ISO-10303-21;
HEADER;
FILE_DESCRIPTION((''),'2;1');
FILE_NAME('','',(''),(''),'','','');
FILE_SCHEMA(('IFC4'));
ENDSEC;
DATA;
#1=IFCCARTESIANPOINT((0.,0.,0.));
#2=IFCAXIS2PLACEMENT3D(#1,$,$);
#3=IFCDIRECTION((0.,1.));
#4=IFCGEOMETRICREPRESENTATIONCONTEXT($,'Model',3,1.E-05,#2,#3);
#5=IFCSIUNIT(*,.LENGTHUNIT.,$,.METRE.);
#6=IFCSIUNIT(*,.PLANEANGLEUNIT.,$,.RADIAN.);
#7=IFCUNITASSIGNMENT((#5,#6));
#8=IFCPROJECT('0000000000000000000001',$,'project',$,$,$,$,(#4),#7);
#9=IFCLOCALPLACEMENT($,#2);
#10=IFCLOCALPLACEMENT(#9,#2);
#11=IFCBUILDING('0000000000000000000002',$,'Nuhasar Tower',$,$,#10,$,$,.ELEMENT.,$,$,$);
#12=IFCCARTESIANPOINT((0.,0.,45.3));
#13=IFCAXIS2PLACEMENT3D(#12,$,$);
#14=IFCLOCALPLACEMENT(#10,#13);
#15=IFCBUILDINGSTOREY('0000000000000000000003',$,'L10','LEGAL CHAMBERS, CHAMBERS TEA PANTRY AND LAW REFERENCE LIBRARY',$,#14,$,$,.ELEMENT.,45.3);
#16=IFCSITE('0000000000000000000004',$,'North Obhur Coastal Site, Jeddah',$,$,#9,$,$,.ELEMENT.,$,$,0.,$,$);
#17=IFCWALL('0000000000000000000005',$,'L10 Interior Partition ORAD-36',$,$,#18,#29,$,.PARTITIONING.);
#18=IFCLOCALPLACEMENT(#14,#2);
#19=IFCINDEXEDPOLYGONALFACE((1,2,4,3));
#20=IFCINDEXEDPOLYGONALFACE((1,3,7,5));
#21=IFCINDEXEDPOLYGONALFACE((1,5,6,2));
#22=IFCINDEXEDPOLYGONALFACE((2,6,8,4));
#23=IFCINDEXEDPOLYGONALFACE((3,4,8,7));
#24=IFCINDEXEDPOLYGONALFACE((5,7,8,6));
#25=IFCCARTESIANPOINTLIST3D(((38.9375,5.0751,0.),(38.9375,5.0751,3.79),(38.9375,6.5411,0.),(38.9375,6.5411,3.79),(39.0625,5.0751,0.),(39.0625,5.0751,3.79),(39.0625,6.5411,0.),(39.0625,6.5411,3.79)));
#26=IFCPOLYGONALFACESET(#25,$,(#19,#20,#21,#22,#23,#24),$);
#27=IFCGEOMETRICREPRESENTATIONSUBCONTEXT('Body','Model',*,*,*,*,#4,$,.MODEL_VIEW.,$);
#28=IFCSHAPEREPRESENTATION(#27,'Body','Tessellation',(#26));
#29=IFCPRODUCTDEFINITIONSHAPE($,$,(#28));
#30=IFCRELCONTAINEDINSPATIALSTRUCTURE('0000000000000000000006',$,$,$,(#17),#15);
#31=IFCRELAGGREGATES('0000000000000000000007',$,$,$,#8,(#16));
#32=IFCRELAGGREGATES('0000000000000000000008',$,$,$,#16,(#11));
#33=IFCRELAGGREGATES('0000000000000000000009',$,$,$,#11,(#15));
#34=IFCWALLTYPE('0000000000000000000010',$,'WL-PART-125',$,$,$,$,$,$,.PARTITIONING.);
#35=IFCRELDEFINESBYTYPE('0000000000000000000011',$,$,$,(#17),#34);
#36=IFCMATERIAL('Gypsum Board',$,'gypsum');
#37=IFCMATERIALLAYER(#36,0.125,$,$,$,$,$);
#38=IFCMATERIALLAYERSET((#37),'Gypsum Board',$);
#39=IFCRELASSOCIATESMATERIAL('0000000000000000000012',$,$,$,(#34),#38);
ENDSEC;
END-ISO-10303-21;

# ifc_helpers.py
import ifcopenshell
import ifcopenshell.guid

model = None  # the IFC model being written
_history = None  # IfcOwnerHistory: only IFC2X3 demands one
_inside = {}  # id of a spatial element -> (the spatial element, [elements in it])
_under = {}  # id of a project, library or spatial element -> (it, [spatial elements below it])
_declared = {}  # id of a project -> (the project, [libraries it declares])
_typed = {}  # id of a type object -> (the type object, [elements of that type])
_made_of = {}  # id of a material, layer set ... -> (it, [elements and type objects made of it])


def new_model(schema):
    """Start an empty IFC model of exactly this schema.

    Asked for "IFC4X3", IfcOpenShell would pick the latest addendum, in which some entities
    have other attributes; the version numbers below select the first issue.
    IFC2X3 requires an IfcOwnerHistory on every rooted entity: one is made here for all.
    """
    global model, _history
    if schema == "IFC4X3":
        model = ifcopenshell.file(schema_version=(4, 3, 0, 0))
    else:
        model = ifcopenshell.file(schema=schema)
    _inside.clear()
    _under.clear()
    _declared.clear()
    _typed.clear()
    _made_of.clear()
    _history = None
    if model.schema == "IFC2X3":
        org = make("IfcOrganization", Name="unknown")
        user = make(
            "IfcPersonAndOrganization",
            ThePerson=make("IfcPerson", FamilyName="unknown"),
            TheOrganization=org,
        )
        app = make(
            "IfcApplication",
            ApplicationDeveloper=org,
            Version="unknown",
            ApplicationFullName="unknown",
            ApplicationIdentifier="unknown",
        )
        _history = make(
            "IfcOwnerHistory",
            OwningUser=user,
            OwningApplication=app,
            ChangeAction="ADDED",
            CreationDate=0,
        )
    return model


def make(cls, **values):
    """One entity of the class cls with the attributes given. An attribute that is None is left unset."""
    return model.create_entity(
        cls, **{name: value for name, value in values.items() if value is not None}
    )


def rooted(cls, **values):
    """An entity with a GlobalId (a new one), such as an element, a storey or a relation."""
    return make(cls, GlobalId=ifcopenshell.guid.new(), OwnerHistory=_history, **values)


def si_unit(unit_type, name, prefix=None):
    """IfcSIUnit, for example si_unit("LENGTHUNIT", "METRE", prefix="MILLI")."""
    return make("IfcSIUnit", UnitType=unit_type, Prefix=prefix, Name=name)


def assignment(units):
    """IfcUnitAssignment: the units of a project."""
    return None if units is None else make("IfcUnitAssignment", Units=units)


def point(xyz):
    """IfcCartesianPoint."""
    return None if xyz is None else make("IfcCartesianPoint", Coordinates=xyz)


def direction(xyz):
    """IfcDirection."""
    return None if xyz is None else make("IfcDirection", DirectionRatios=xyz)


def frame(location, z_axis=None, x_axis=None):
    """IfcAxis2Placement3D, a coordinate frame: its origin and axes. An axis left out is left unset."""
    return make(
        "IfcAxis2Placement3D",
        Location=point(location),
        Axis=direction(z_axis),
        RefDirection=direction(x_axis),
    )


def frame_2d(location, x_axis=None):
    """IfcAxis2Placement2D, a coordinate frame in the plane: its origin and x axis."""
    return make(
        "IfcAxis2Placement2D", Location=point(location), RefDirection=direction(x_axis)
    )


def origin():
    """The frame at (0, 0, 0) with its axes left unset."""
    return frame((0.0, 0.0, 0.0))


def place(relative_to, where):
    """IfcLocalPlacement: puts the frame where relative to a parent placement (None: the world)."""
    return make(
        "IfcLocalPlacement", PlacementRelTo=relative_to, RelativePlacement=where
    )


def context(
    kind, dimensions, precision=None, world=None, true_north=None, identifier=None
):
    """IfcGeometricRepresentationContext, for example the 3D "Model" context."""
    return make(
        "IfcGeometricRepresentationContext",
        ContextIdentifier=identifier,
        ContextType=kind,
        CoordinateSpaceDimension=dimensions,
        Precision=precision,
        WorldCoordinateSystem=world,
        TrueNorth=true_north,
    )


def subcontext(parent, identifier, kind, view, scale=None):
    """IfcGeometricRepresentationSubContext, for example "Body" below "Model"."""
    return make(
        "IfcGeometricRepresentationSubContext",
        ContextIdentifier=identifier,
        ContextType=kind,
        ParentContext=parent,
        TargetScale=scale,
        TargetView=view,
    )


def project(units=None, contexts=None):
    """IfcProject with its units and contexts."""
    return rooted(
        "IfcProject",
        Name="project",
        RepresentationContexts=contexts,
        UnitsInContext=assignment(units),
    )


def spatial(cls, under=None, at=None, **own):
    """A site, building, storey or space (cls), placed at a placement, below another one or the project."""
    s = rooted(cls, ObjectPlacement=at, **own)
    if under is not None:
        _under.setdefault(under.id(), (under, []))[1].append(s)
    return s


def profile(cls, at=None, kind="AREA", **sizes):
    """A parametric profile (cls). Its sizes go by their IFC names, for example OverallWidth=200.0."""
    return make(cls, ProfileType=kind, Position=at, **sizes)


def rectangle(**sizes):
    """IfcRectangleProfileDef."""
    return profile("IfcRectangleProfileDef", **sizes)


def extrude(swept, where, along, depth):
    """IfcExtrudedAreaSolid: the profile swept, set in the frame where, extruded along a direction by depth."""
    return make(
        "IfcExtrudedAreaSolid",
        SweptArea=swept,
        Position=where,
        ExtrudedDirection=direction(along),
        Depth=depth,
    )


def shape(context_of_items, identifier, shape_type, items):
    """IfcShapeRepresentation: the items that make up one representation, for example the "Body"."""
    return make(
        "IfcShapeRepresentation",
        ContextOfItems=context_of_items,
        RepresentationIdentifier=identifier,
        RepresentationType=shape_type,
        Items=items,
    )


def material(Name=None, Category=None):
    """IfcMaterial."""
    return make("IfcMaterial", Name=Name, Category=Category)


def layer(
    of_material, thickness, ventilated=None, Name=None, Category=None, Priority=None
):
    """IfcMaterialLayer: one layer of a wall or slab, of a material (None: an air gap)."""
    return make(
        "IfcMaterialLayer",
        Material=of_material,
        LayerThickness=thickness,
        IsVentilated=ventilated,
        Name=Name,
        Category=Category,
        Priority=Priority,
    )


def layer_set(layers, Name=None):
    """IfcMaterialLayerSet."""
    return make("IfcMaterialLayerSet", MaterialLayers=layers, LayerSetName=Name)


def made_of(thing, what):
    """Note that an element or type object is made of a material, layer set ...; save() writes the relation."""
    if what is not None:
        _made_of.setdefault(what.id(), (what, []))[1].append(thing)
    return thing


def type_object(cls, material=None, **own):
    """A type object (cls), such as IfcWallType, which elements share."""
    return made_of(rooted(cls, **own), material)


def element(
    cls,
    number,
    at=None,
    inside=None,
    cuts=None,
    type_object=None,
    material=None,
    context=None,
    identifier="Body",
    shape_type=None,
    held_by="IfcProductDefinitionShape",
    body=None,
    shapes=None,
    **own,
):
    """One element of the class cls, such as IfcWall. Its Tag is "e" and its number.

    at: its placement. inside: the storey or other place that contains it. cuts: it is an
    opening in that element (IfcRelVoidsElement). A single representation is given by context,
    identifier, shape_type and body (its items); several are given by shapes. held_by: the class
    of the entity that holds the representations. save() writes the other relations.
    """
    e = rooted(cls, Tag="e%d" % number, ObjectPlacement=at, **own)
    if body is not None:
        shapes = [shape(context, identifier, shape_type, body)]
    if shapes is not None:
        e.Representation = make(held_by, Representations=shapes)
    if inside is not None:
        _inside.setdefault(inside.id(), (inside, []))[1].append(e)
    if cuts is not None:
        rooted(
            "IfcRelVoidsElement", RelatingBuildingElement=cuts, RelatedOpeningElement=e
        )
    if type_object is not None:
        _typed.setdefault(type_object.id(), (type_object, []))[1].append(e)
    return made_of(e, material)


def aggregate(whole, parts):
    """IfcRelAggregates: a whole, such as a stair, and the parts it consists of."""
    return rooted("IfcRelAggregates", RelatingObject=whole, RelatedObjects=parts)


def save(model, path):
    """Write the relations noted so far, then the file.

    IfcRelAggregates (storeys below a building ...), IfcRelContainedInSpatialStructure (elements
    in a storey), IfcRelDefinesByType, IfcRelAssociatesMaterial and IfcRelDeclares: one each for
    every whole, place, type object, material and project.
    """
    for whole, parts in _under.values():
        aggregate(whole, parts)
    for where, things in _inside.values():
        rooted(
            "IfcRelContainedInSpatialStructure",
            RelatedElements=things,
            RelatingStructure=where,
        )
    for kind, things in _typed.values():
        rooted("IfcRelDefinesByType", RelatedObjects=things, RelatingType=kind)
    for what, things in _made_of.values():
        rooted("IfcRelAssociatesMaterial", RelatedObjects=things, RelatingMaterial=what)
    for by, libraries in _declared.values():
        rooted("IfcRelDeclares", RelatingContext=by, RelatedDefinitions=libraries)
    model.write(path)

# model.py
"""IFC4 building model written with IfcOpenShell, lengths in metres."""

from ifc_helpers import new_model, si_unit, direction, frame, frame_2d, origin, place, context, subcontext, project, spatial, rectangle, extrude, material, layer, layer_set, type_object, element, save


model = new_model("IFC4")

# Units and contexts
model_context = context("Model", 3, precision=1e-05, world=origin(), true_north=direction((0.0, 1.0)))
body_context = subcontext(model_context, "Body", "Model", "MODEL_VIEW")
ifc_project = project(units=[si_unit("LENGTHUNIT", "METRE"), si_unit("PLANEANGLEUNIT", "RADIAN")], contexts=[model_context])

# Site, building, storey
site_placement = place(None, origin())
site = spatial("IfcSite", under=ifc_project, at=site_placement, Name="North Obhur Coastal Site, Jeddah", CompositionType="ELEMENT", RefElevation=0.0)
building_placement = place(site_placement, origin())
building = spatial("IfcBuilding", under=site, at=building_placement, Name="Nuhasar Tower", CompositionType="ELEMENT")
storey_placement = place(building_placement, frame((0.0, 0.0, 45.3)))
storey = spatial("IfcBuildingStorey", under=building, at=storey_placement, Name="L10", Description="LEGAL CHAMBERS, CHAMBERS TEA PANTRY AND LAW REFERENCE LIBRARY", CompositionType="ELEMENT", Elevation=45.3)

# Shared definitions
ifc_material_1 = material(Name="Gypsum Board", Category="gypsum")

# Wall
ifc_layer_1 = layer(ifc_material_1, 0.125)
ifc_layer_set_1 = layer_set([ifc_layer_1], Name="Gypsum Board")
wall_type_1 = type_object("IfcWallType", Name="WL-PART-125", PredefinedType="PARTITIONING", material=ifc_layer_set_1)
wall_1_placement = place(storey_placement, frame((39.0, 6.541, 0.0), z_axis=(0.0, 0.0, 1.0), x_axis=(0.0, -1.0, 0.0)))
element("IfcWall", 1, at=wall_1_placement, inside=storey, type_object=wall_type_1, Name="L10 Interior Partition ORAD-36", PredefinedType="PARTITIONING", context=body_context, shape_type="SweptSolid", body=[
    extrude(rectangle(XDim=1.4661, YDim=0.125, at=frame_2d((0.7329, 0.0))), origin(), (0.0, 0.0, 1.0), 3.79),
])

save(model, "model.ifc")
